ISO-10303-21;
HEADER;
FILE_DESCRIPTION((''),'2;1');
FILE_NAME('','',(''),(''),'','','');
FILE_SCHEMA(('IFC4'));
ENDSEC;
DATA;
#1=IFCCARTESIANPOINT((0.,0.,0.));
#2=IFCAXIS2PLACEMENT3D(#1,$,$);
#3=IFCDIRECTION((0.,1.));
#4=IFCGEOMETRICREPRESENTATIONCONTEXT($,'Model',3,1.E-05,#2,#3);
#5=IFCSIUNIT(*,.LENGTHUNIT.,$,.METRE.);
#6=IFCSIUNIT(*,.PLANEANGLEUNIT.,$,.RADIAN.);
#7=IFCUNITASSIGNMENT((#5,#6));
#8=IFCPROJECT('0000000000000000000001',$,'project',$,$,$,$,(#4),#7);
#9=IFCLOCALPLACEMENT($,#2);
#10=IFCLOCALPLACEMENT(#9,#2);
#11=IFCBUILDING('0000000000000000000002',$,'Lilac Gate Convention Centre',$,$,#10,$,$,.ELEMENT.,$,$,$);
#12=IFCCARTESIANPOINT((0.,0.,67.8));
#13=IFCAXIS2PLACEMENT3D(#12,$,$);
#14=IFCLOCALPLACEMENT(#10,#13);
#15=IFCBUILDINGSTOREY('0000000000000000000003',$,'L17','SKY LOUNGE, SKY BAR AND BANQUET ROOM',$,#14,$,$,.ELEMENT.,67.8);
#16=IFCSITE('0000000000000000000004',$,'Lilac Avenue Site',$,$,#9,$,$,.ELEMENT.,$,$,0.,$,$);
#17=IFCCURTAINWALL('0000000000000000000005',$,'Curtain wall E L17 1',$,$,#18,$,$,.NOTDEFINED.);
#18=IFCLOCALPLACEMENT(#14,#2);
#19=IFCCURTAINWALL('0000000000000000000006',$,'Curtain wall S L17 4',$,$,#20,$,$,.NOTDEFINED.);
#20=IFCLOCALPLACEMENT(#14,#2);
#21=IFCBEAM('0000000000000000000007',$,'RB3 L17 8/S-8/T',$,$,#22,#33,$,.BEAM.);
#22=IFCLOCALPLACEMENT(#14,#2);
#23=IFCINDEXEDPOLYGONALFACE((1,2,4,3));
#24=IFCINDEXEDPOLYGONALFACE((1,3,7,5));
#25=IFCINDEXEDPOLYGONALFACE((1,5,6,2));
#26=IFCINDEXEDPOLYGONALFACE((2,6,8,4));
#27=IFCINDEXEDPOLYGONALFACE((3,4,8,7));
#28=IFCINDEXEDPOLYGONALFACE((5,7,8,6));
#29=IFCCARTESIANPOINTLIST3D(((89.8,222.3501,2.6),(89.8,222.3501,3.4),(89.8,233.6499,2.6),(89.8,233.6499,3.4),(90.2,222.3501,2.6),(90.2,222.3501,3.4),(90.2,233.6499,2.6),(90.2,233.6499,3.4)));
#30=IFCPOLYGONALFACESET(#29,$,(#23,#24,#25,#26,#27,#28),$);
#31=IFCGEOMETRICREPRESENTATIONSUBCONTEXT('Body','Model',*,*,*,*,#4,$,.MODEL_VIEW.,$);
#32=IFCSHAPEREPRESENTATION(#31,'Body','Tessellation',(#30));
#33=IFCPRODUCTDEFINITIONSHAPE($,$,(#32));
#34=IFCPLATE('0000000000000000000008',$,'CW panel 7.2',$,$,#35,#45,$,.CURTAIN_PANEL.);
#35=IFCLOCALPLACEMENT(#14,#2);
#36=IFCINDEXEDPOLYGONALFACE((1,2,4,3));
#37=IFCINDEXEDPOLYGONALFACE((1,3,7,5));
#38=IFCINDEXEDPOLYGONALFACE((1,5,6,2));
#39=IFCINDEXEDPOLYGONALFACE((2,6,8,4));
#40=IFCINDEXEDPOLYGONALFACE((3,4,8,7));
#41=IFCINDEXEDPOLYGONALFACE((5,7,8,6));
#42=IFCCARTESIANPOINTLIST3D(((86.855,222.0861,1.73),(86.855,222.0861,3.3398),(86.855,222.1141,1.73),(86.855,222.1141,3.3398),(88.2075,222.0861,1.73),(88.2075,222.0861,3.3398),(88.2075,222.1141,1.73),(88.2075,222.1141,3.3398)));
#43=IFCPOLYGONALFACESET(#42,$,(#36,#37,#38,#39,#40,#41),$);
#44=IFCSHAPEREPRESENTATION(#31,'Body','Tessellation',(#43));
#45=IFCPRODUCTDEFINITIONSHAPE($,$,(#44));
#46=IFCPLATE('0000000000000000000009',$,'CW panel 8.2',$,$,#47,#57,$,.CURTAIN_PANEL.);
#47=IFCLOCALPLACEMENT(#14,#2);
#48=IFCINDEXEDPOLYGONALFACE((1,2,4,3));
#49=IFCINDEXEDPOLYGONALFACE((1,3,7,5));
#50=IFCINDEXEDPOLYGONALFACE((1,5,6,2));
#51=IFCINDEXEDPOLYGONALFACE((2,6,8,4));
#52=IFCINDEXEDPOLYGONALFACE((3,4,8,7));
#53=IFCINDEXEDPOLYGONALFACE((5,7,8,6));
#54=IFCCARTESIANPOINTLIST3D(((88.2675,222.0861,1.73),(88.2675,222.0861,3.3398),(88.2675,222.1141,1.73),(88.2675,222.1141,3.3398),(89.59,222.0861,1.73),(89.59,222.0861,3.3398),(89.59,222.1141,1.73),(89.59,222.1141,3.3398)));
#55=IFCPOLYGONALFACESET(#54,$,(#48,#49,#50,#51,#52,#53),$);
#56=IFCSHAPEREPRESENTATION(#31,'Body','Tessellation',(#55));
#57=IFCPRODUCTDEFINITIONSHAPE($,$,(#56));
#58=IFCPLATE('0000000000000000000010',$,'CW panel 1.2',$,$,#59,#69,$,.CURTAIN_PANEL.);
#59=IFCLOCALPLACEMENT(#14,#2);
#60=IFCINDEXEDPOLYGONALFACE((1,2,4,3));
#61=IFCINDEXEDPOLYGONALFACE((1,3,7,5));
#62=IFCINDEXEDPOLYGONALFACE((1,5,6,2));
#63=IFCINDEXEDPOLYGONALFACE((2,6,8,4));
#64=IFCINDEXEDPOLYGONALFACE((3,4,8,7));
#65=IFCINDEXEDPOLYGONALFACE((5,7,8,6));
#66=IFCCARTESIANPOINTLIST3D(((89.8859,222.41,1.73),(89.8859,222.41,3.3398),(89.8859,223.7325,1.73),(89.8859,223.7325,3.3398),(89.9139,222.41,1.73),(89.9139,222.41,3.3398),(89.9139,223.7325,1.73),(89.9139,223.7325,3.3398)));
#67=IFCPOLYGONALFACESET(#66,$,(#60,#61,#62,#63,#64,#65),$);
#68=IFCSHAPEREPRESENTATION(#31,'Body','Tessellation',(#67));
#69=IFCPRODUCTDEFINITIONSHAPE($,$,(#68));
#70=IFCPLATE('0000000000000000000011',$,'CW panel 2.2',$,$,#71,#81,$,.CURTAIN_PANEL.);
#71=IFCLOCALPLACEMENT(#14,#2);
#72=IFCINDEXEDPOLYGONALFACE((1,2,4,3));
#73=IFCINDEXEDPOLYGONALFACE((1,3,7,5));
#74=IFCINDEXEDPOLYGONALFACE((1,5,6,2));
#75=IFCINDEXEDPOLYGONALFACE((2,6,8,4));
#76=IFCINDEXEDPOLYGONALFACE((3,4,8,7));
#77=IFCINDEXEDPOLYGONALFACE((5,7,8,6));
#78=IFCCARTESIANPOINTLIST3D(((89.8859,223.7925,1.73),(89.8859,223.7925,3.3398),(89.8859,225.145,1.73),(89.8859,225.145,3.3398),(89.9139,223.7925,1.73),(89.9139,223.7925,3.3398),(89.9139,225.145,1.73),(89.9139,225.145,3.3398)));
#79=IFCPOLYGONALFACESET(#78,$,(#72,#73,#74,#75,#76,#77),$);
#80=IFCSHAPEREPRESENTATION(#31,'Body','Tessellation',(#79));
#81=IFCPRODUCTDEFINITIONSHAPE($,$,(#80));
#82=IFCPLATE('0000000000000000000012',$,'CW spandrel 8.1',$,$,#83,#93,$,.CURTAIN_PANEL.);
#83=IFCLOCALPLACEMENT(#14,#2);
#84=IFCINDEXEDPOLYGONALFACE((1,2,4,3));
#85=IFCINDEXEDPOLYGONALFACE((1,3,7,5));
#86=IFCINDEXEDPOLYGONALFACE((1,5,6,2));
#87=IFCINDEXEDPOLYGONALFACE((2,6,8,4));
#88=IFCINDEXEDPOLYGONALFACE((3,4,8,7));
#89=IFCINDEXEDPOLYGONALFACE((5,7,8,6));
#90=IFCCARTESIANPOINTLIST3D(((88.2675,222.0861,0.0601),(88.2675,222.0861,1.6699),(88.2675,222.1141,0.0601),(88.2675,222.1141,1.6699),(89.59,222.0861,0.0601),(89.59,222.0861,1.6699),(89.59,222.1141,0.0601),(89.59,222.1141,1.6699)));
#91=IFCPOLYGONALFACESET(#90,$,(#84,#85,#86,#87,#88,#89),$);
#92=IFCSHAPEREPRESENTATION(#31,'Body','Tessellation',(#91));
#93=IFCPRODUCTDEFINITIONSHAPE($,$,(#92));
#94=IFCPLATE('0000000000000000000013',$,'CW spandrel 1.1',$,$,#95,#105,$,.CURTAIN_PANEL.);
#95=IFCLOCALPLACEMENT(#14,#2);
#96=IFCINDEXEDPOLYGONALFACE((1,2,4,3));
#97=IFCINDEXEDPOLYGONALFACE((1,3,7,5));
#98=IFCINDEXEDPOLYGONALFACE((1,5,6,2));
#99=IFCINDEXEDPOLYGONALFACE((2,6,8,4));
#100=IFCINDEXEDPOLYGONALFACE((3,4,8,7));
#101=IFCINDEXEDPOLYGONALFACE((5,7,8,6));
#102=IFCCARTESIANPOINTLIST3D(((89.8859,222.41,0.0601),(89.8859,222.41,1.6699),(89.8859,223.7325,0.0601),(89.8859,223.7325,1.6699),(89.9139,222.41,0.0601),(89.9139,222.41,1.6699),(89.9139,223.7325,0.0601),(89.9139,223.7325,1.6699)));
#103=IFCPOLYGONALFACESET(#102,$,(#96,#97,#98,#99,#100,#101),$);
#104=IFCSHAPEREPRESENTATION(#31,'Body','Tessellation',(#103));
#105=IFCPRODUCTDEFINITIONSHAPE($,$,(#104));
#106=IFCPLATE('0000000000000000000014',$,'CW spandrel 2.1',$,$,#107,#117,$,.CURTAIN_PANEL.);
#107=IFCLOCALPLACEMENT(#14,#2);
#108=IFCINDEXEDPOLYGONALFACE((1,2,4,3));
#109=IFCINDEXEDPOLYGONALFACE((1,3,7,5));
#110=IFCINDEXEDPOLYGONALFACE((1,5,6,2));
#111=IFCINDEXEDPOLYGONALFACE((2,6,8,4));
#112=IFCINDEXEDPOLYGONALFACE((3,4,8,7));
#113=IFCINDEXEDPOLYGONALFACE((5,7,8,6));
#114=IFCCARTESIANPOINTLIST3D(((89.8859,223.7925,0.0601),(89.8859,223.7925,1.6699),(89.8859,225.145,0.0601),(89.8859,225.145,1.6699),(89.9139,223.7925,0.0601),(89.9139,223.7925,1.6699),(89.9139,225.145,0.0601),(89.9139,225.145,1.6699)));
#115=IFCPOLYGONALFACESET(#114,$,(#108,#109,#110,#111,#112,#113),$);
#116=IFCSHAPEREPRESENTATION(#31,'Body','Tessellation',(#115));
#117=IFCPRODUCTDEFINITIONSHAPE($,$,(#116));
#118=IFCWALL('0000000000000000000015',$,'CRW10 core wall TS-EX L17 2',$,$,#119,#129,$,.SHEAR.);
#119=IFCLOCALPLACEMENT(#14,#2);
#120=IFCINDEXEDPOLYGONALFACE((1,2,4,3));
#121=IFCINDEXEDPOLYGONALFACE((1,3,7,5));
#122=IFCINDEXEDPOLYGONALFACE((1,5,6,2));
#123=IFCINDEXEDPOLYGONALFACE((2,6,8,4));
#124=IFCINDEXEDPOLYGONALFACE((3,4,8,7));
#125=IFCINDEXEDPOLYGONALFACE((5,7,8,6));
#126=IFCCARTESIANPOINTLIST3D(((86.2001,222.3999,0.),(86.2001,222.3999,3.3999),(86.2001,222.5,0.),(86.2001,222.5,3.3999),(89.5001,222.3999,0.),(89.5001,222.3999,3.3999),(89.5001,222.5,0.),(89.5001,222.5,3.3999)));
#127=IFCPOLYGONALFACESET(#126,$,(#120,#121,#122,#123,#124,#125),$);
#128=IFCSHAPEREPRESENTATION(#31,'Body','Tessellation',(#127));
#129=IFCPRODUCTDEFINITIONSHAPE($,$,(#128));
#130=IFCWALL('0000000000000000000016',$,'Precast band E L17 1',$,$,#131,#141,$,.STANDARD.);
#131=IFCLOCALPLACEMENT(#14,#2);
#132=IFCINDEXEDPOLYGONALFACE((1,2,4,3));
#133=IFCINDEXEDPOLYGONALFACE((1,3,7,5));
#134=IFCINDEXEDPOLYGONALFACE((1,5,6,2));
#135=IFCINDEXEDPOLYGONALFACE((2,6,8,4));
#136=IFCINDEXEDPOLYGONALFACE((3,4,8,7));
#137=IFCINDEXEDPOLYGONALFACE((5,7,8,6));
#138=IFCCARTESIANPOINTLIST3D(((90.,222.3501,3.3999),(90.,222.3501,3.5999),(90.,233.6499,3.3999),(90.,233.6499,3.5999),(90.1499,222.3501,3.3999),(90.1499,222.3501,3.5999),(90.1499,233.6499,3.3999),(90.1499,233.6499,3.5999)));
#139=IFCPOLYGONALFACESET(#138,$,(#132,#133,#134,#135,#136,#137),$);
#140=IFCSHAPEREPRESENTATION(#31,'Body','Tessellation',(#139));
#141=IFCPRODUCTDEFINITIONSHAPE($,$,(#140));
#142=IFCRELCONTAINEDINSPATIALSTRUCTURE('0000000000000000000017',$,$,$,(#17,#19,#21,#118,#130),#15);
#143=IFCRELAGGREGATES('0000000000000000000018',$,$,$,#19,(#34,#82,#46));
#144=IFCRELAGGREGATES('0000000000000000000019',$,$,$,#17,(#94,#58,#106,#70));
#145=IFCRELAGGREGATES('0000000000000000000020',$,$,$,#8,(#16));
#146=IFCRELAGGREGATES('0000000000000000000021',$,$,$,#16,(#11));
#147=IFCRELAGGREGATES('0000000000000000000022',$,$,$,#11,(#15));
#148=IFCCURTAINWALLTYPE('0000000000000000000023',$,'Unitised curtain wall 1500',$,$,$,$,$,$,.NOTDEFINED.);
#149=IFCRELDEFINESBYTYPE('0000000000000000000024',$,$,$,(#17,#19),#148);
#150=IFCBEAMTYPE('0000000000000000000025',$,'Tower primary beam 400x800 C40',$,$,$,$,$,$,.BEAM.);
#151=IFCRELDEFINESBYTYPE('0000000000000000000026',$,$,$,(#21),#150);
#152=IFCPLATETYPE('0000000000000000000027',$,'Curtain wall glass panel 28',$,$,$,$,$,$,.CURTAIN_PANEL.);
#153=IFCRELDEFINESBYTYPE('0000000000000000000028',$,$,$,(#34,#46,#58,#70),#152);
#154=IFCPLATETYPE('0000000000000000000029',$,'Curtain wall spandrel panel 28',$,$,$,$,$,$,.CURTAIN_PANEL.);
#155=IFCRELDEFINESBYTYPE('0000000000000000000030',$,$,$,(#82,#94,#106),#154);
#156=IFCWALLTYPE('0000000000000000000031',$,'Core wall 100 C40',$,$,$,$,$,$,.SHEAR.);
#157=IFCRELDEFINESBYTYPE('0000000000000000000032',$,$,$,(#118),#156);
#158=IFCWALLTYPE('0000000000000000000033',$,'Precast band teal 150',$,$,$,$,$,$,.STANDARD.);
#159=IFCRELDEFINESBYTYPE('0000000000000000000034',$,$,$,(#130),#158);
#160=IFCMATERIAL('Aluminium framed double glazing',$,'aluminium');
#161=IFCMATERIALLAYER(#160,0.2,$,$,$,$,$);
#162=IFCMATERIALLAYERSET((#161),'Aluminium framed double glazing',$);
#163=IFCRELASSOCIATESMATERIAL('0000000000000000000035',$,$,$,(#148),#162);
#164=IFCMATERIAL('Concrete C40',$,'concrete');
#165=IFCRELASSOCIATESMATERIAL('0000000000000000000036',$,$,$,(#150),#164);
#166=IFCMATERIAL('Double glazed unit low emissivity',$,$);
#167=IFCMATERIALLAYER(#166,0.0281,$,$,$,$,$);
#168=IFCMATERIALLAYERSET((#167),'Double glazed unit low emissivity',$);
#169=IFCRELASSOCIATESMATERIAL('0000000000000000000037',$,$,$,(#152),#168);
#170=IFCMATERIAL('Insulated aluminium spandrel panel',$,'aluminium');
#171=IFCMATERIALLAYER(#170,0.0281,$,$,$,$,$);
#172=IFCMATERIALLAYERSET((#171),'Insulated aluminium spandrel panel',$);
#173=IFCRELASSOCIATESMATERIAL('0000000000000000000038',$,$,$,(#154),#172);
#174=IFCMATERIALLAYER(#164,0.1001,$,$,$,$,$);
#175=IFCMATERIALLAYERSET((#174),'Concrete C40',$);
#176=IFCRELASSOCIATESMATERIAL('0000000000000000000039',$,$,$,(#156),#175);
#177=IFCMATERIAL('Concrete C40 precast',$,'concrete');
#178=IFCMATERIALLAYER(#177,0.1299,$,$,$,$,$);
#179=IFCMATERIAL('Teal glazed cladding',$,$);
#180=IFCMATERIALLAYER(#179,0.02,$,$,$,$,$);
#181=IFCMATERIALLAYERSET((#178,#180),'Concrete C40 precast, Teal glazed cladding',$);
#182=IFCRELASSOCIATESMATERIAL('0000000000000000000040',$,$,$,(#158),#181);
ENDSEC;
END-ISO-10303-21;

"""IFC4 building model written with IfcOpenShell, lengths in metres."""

from ifc_helpers import new_model, si_unit, direction, frame, frame_2d, origin, origin_2d, place, context, subcontext, project, spatial, rectangle, extrude, material, layer, layer_set, material_profile, profile_set, type_object, element, aggregate, save


model = new_model("IFC4")

# Units and contexts
model_context = context("Model", 3, precision=1e-05, world=origin(), true_north=direction((0.0, 1.0)))
body_context = subcontext(model_context, "Body", "Model", "MODEL_VIEW")
ifc_project = project(units=[si_unit("LENGTHUNIT", "METRE"), si_unit("PLANEANGLEUNIT", "RADIAN")], contexts=[model_context])

# Site, building, storey
site_placement = place(None, origin())
site = spatial("IfcSite", under=ifc_project, at=site_placement, Name="Lilac Avenue Site", CompositionType="ELEMENT", RefElevation=0.0)
building_placement = place(site_placement, origin())
building = spatial("IfcBuilding", under=site, at=building_placement, Name="Lilac Gate Convention Centre", CompositionType="ELEMENT")
storey_placement = place(building_placement, frame((0.0, 0.0, 67.8)))
storey = spatial("IfcBuildingStorey", under=building, at=storey_placement, Name="L17", Description="SKY LOUNGE, SKY BAR AND BANQUET ROOM", CompositionType="ELEMENT", Elevation=67.8)

# Curtain walls
ifc_material_1 = material(Name="Aluminium framed double glazing", Category="aluminium")
ifc_layer_1 = layer(ifc_material_1, 0.2)
ifc_layer_set_1 = layer_set([ifc_layer_1], Name="Aluminium framed double glazing")
curtain_wall_type = type_object("IfcCurtainWallType", Name="Unitised curtain wall 1500", PredefinedType="NOTDEFINED", material=ifc_layer_set_1)
curtain_wall_1_placement = place(storey_placement, origin())
curtain_wall_1 = element("IfcCurtainWall", 1, at=curtain_wall_1_placement, inside=storey, type_object=curtain_wall_type, Name="Curtain wall E L17 1", PredefinedType="NOTDEFINED")
curtain_wall_2_placement = place(storey_placement, origin())
curtain_wall_2 = element("IfcCurtainWall", 2, at=curtain_wall_2_placement, inside=storey, type_object=curtain_wall_type, Name="Curtain wall S L17 4", PredefinedType="NOTDEFINED")

# Beam
ifc_material_2 = material(Name="Concrete C40", Category="concrete")
ifc_material_profile_1 = material_profile(ifc_material_2, rectangle(XDim=0.3999, YDim=0.8, at=origin_2d()), Name="RC 400x800")
ifc_profile_set_1 = profile_set([ifc_material_profile_1], Name="Concrete C40")
beam_type = type_object("IfcBeamType", Name="Tower primary beam 400x800 C40", PredefinedType="BEAM", material=ifc_profile_set_1)
for number, where, z_axis, x_axis, name in (
    (3, (90.0, 222.3501, 3.0), (0.0, 1.0, 0.0), (-1.0, 0.0, 0.0), "RB3 L17 8/S-8/T"),
):
    element("IfcBeam", number, at=place(storey_placement, frame(where, z_axis=z_axis, x_axis=x_axis)), inside=storey, type_object=beam_type, Name=name, PredefinedType="BEAM", context=body_context, shape_type="SweptSolid", body=[
        extrude(rectangle(XDim=0.3999, YDim=0.8, at=origin_2d()), origin(), (0.0, 0.0, 1.0), 11.2998),
    ])

# Plates
ifc_material_3 = material(Name="Double glazed unit low emissivity")
ifc_layer_2 = layer(ifc_material_3, 0.0281)
ifc_layer_set_2 = layer_set([ifc_layer_2], Name="Double glazed unit low emissivity")
plate_type_1 = type_object("IfcPlateType", Name="Curtain wall glass panel 28", PredefinedType="CURTAIN_PANEL", material=ifc_layer_set_2)
plate_1_placement = place(storey_placement, frame((87.5312, 222.1001, 1.73), z_axis=(0.0, 0.0, 1.0), x_axis=(1.0, 0.0, 0.0)))
plate_1 = element("IfcPlate", 4, at=plate_1_placement, type_object=plate_type_1, Name="CW panel 7.2", PredefinedType="CURTAIN_PANEL", context=body_context, shape_type="SweptSolid", body=[
    extrude(rectangle(XDim=1.3525, YDim=0.0281, at=origin_2d()), origin(), (0.0, 0.0, 1.0), 1.6099),
])
plate_2_placement = place(storey_placement, frame((88.9287, 222.1001, 1.73), z_axis=(0.0, 0.0, 1.0), x_axis=(1.0, 0.0, 0.0)))
plate_2 = element("IfcPlate", 5, at=plate_2_placement, type_object=plate_type_1, Name="CW panel 8.2", PredefinedType="CURTAIN_PANEL", context=body_context, shape_type="SweptSolid", body=[
    extrude(rectangle(XDim=1.3225, YDim=0.0281, at=origin_2d()), origin(), (0.0, 0.0, 1.0), 1.6099),
])
plate_3_placement = place(storey_placement, frame((89.8999, 223.0713, 1.73), z_axis=(0.0, 0.0, 1.0), x_axis=(0.0, 1.0, 0.0)))
plate_3 = element("IfcPlate", 6, at=plate_3_placement, type_object=plate_type_1, Name="CW panel 1.2", PredefinedType="CURTAIN_PANEL", context=body_context, shape_type="SweptSolid", body=[
    extrude(rectangle(XDim=1.3225, YDim=0.0281, at=origin_2d()), origin(), (0.0, 0.0, 1.0), 1.6099),
])
plate_4_placement = place(storey_placement, frame((89.8999, 224.4688, 1.73), z_axis=(0.0, 0.0, 1.0), x_axis=(0.0, 1.0, 0.0)))
plate_4 = element("IfcPlate", 7, at=plate_4_placement, type_object=plate_type_1, Name="CW panel 2.2", PredefinedType="CURTAIN_PANEL", context=body_context, shape_type="SweptSolid", body=[
    extrude(rectangle(XDim=1.3525, YDim=0.0281, at=origin_2d()), origin(), (0.0, 0.0, 1.0), 1.6099),
])
ifc_material_4 = material(Name="Insulated aluminium spandrel panel", Category="aluminium")
ifc_layer_3 = layer(ifc_material_4, 0.0281)
ifc_layer_set_3 = layer_set([ifc_layer_3], Name="Insulated aluminium spandrel panel")
plate_type_2 = type_object("IfcPlateType", Name="Curtain wall spandrel panel 28", PredefinedType="CURTAIN_PANEL", material=ifc_layer_set_3)
plate_5_placement = place(storey_placement, frame((88.9287, 222.1001, 0.0601), z_axis=(0.0, 0.0, 1.0), x_axis=(1.0, 0.0, 0.0)))
plate_5 = element("IfcPlate", 8, at=plate_5_placement, type_object=plate_type_2, Name="CW spandrel 8.1", PredefinedType="CURTAIN_PANEL", context=body_context, shape_type="SweptSolid", body=[
    extrude(rectangle(XDim=1.3225, YDim=0.0281, at=origin_2d()), origin(), (0.0, 0.0, 1.0), 1.6099),
])
aggregate(curtain_wall_2, [plate_1, plate_5, plate_2])
plate_6_placement = place(storey_placement, frame((89.8999, 223.0713, 0.0601), z_axis=(0.0, 0.0, 1.0), x_axis=(0.0, 1.0, 0.0)))
plate_6 = element("IfcPlate", 9, at=plate_6_placement, type_object=plate_type_2, Name="CW spandrel 1.1", PredefinedType="CURTAIN_PANEL", context=body_context, shape_type="SweptSolid", body=[
    extrude(rectangle(XDim=1.3225, YDim=0.0281, at=origin_2d()), origin(), (0.0, 0.0, 1.0), 1.6099),
])
plate_7_placement = place(storey_placement, frame((89.8999, 224.4688, 0.0601), z_axis=(0.0, 0.0, 1.0), x_axis=(0.0, 1.0, 0.0)))
plate_7 = element("IfcPlate", 10, at=plate_7_placement, type_object=plate_type_2, Name="CW spandrel 2.1", PredefinedType="CURTAIN_PANEL", context=body_context, shape_type="SweptSolid", body=[
    extrude(rectangle(XDim=1.3525, YDim=0.0281, at=origin_2d()), origin(), (0.0, 0.0, 1.0), 1.6099),
])
aggregate(curtain_wall_1, [plate_6, plate_3, plate_7, plate_4])

# Walls
ifc_layer_4 = layer(ifc_material_2, 0.1001)
ifc_layer_set_4 = layer_set([ifc_layer_4], Name="Concrete C40")
wall_type_1 = type_object("IfcWallType", Name="Core wall 100 C40", PredefinedType="SHEAR", material=ifc_layer_set_4)
wall_1_placement = place(storey_placement, frame((89.5, 222.45, 0.0), z_axis=(0.0, 0.0, 1.0), x_axis=(-1.0, 0.0, 0.0)))
element("IfcWall", 11, at=wall_1_placement, inside=storey, type_object=wall_type_1, Name="CRW10 core wall TS-EX L17 2", PredefinedType="SHEAR", context=body_context, shape_type="SweptSolid", body=[
    extrude(rectangle(XDim=3.3, YDim=0.1001, at=frame_2d((1.6499, 0.0))), origin(), (0.0, 0.0, 1.0), 3.3999),
])
ifc_material_5 = material(Name="Concrete C40 precast", Category="concrete")
ifc_layer_5 = layer(ifc_material_5, 0.1299)
ifc_material_6 = material(Name="Teal glazed cladding")
ifc_layer_6 = layer(ifc_material_6, 0.02)
ifc_layer_set_5 = layer_set([ifc_layer_5, ifc_layer_6], Name="Concrete C40 precast, Teal glazed cladding")
wall_type_2 = type_object("IfcWallType", Name="Precast band teal 150", PredefinedType="STANDARD", material=ifc_layer_set_5)
wall_2_placement = place(storey_placement, frame((90.075, 222.3501, 3.3999), z_axis=(0.0, 0.0, 1.0), x_axis=(0.0, 1.0, 0.0)))
element("IfcWall", 12, at=wall_2_placement, inside=storey, type_object=wall_type_2, Name="Precast band E L17 1", PredefinedType="STANDARD", context=body_context, shape_type="SweptSolid", body=[
    extrude(rectangle(XDim=11.2998, YDim=0.1499, at=frame_2d((5.6499, 0.0))), origin(), (0.0, 0.0, 1.0), 0.2),
])

save(model, "model.ifc")
